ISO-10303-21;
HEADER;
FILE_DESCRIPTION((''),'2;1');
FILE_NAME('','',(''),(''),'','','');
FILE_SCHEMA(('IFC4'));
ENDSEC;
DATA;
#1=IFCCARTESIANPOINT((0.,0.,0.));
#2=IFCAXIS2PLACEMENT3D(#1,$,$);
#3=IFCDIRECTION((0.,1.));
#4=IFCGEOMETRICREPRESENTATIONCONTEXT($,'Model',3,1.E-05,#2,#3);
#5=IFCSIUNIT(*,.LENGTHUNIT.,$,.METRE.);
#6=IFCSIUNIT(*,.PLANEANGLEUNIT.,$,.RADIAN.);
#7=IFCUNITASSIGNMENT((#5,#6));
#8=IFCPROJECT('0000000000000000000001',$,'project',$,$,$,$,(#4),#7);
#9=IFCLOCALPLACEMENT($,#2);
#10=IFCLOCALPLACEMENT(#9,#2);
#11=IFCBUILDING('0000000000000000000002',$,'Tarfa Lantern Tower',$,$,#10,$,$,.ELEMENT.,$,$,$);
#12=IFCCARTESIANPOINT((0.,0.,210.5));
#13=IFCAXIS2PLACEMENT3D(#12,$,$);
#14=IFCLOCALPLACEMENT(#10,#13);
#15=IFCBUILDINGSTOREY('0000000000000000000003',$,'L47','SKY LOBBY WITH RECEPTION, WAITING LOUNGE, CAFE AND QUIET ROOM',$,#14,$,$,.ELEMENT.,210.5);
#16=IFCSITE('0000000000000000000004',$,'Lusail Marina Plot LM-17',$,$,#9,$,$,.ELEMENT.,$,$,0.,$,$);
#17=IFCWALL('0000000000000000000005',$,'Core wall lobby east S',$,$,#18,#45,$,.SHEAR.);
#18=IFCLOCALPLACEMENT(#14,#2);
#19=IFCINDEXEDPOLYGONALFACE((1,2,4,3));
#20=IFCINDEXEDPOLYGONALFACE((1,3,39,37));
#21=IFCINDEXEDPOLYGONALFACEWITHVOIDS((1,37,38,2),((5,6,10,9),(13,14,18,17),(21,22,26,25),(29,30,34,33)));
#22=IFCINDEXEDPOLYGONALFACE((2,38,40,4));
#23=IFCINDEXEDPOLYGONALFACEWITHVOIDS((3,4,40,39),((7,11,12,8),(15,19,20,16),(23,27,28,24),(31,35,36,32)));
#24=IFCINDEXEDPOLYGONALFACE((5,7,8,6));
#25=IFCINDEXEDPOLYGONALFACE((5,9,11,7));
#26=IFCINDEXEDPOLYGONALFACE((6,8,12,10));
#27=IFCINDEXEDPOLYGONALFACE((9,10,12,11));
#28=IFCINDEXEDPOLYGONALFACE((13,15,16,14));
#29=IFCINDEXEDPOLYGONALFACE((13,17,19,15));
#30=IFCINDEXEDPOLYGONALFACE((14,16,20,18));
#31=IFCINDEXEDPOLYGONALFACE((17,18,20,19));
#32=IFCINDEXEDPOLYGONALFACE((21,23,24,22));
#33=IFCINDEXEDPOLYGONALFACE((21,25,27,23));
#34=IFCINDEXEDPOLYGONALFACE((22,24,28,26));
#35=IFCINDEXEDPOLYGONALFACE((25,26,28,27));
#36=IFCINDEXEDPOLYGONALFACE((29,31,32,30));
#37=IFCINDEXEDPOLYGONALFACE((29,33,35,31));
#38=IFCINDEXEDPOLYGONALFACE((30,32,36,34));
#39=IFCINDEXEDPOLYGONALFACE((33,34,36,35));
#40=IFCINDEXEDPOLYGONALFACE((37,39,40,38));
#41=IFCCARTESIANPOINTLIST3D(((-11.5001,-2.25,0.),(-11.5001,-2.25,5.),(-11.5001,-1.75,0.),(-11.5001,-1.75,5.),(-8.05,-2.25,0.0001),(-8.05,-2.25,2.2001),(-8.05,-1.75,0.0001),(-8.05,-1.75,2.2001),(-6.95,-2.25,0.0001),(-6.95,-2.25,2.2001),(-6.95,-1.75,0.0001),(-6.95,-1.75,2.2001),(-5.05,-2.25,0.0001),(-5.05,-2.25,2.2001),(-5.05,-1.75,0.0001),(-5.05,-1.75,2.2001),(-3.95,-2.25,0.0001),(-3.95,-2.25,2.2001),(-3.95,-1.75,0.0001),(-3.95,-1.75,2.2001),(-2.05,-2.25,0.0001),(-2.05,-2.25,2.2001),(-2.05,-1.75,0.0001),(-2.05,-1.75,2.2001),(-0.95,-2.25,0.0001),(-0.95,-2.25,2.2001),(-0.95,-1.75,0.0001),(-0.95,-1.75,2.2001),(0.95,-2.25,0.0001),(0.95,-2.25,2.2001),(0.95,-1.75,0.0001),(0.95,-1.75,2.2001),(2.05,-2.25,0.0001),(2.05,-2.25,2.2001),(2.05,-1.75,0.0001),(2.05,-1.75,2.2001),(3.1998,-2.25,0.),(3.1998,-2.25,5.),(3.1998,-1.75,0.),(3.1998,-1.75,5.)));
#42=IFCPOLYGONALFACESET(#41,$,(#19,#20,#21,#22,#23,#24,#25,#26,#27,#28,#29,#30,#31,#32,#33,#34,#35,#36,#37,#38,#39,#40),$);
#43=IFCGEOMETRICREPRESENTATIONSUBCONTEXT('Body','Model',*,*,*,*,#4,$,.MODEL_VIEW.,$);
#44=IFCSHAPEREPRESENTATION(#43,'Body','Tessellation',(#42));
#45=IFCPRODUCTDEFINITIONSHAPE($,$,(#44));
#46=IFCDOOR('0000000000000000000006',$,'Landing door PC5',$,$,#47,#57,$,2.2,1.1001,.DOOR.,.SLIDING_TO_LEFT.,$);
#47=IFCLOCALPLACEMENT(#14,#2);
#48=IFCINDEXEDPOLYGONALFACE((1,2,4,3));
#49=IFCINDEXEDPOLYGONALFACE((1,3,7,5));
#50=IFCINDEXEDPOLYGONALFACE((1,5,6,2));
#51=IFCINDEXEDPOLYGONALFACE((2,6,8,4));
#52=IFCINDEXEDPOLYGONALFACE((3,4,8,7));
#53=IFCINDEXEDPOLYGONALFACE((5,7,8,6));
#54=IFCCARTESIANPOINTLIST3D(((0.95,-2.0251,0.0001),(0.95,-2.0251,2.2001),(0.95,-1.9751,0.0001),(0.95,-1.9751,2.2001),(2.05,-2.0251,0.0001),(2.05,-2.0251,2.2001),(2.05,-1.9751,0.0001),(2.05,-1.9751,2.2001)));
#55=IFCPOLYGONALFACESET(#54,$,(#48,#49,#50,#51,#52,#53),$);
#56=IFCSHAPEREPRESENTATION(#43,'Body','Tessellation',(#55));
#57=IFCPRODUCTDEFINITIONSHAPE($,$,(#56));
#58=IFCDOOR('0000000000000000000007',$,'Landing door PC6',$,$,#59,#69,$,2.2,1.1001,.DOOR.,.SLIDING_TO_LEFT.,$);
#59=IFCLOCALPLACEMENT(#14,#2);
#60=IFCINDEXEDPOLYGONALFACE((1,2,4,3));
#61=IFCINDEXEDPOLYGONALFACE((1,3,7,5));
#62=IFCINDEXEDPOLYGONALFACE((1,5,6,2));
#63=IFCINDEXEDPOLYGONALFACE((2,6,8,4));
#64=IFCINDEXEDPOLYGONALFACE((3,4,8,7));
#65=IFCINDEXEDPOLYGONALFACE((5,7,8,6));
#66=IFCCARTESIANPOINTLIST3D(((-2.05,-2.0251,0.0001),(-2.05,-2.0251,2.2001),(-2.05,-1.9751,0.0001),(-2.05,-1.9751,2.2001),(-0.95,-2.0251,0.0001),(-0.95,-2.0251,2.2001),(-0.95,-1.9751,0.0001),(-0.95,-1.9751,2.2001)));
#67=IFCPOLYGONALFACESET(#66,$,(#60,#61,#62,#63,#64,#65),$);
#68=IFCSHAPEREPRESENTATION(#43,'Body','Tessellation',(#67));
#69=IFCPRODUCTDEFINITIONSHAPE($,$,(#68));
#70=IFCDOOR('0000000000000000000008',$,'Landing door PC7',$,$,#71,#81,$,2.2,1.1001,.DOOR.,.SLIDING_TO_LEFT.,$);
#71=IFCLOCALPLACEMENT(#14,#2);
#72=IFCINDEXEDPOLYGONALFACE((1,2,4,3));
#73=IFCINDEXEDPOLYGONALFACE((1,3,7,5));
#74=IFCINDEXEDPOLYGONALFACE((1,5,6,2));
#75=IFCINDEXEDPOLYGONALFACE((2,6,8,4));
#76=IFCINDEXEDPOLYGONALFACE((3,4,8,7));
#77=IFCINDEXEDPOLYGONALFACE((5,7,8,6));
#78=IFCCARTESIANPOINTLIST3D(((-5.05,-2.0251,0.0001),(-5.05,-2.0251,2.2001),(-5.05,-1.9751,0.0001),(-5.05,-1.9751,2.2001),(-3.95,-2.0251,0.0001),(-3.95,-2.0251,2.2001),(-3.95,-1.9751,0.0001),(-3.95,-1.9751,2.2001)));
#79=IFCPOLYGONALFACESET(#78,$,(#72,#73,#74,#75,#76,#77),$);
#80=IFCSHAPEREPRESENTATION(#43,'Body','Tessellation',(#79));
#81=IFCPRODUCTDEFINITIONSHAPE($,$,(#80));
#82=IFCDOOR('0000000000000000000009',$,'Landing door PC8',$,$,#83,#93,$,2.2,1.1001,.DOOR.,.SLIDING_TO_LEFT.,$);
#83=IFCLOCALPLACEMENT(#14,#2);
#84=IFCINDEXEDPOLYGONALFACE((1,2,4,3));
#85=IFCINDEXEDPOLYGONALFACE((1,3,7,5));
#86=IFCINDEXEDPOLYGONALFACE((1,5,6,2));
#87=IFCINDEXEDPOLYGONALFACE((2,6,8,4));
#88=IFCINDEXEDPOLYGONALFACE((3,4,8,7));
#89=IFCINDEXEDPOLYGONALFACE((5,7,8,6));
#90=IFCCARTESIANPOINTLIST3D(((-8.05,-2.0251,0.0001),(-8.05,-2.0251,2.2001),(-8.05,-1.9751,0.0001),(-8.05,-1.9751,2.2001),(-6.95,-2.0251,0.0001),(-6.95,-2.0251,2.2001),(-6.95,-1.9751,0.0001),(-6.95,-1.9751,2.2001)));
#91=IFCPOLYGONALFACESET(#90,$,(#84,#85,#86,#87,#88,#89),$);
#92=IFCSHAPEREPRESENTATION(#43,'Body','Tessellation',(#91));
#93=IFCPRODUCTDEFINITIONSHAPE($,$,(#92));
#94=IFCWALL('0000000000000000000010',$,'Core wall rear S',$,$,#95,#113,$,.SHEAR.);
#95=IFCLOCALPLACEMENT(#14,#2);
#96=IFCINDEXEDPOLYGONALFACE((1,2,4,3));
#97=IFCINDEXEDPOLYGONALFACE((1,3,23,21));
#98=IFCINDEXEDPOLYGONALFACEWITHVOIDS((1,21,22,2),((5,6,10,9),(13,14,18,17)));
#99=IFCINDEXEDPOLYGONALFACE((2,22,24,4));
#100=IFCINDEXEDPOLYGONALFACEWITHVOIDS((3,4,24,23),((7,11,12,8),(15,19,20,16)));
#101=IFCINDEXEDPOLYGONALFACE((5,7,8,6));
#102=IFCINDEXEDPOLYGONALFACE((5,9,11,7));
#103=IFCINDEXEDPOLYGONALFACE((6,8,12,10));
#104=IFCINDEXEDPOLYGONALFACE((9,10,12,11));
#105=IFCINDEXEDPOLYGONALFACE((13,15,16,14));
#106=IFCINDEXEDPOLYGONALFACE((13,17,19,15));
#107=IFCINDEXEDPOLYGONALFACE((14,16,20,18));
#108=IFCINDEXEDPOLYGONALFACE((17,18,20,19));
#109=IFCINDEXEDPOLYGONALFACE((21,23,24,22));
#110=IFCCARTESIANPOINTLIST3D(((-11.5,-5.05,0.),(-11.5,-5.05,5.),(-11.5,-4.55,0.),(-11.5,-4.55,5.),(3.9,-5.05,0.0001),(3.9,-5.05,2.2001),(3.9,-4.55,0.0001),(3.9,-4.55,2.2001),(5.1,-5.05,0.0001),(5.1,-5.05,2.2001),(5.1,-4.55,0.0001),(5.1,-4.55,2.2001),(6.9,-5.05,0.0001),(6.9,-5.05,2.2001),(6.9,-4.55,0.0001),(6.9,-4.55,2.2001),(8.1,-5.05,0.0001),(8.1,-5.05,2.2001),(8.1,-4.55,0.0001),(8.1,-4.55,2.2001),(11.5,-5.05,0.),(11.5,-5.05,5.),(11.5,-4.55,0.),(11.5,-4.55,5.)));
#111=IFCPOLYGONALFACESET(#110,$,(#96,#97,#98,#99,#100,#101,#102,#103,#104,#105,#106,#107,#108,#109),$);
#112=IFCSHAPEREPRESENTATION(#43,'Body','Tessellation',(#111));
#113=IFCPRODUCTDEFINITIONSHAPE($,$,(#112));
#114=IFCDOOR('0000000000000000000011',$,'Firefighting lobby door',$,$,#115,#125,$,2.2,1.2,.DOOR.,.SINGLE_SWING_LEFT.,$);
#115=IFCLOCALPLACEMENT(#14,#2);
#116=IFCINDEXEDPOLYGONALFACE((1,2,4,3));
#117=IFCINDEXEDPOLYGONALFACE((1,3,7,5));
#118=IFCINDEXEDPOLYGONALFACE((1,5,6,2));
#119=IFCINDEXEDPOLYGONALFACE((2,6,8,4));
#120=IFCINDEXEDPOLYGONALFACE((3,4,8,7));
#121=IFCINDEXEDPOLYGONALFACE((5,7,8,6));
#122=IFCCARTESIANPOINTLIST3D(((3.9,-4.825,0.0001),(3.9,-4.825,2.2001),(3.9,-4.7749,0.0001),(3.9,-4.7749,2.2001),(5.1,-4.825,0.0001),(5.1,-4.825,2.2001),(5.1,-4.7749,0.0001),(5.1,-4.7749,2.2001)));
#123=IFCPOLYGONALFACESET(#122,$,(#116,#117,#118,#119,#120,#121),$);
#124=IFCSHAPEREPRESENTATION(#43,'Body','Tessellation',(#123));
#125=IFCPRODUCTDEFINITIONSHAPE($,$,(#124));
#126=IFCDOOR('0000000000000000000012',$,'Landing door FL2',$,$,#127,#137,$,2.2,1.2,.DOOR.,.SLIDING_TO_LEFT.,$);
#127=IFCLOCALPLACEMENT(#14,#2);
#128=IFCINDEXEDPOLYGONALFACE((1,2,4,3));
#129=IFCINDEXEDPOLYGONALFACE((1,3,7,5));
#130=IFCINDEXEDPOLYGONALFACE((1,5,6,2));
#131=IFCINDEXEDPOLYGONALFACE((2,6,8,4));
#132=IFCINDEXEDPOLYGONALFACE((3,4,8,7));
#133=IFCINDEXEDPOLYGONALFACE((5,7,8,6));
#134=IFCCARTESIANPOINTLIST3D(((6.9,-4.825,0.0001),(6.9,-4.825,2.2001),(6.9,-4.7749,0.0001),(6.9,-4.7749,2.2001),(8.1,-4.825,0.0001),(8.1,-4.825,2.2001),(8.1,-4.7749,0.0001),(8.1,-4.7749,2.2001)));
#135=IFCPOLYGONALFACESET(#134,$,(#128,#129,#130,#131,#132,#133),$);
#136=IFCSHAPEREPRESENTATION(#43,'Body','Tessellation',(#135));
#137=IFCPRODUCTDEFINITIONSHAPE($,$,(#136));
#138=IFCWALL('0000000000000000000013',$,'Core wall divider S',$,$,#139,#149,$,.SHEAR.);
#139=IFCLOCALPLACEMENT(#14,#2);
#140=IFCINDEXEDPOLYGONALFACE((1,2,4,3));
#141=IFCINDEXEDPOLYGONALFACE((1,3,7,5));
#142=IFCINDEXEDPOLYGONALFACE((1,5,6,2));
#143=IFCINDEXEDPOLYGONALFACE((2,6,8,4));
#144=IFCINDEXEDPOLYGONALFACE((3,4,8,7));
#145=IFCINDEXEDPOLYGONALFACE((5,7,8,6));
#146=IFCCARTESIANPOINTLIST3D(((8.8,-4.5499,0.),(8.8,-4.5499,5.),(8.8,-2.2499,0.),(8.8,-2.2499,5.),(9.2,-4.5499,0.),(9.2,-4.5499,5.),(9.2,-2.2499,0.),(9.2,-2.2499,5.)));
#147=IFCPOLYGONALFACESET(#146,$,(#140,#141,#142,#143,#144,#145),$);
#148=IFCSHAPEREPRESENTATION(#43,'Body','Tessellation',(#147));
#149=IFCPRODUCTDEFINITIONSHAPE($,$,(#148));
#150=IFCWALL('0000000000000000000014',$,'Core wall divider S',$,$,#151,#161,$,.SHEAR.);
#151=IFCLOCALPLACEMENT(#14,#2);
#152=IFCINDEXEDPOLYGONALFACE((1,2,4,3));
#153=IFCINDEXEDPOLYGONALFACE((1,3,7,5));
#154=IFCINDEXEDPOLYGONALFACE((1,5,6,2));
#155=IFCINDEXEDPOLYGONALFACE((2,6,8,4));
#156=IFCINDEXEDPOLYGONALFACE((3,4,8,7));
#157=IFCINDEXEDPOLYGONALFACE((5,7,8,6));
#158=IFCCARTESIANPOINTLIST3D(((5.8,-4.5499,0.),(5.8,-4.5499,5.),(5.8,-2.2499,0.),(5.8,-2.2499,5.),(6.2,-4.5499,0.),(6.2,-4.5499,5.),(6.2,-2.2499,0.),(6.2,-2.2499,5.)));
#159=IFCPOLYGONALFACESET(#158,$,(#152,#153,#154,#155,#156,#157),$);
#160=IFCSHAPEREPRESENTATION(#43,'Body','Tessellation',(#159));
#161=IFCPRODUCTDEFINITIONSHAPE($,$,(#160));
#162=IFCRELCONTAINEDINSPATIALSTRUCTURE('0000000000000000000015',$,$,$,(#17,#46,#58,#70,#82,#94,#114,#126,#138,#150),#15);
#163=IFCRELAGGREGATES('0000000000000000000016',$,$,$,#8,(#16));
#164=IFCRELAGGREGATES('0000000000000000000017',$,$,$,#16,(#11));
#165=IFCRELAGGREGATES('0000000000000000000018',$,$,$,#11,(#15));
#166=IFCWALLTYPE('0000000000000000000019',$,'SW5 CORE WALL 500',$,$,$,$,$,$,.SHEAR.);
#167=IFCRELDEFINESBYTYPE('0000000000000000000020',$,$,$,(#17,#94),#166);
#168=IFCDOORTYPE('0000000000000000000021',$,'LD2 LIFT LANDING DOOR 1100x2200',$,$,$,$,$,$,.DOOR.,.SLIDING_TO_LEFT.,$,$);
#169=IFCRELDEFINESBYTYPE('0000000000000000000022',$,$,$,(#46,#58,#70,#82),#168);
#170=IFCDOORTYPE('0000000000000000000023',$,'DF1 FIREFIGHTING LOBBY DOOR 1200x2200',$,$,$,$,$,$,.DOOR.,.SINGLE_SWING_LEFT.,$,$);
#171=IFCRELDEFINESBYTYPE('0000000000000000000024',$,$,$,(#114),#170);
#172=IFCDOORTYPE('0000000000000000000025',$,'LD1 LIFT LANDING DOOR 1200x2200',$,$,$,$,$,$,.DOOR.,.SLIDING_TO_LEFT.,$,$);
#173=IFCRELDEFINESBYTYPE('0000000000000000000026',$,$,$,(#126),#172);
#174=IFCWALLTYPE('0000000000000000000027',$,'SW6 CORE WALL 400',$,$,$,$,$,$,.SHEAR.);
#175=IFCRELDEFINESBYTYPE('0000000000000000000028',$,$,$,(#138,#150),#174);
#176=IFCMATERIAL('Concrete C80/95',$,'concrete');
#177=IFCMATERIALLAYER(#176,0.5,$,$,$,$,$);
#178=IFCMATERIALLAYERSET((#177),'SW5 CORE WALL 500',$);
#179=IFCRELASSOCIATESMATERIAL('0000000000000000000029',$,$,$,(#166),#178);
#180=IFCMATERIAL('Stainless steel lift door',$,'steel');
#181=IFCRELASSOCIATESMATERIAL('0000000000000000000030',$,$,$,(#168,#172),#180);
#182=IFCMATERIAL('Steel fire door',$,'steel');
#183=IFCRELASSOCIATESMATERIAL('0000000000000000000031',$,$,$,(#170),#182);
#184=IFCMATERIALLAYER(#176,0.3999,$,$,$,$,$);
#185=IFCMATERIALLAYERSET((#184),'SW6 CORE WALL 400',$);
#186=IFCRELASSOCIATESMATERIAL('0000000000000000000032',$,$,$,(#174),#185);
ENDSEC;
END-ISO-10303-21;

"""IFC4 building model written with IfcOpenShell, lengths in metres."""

from ifc_helpers import new_model, si_unit, direction, frame, frame_2d, origin, place, context, subcontext, project, spatial, rectangle, extrude, material, layer, layer_set, type_object, element, fill, save


model = new_model("IFC4")

# Units and contexts
model_context = context("Model", 3, precision=1e-05, world=origin(), true_north=direction((0.0, 1.0)))
body_context = subcontext(model_context, "Body", "Model", "MODEL_VIEW")
ifc_project = project(units=[si_unit("LENGTHUNIT", "METRE"), si_unit("PLANEANGLEUNIT", "RADIAN")], contexts=[model_context])

# Site, building, storey
site_placement = place(None, origin())
site = spatial("IfcSite", under=ifc_project, at=site_placement, Name="Lusail Marina Plot LM-17", CompositionType="ELEMENT", RefElevation=0.0)
building_placement = place(site_placement, origin())
building = spatial("IfcBuilding", under=site, at=building_placement, Name="Tarfa Lantern Tower", CompositionType="ELEMENT")
storey_placement = place(building_placement, frame((0.0, 0.0, 210.5)))
storey = spatial("IfcBuildingStorey", under=building, at=storey_placement, Name="L47", Description="SKY LOBBY WITH RECEPTION, WAITING LOUNGE, CAFE AND QUIET ROOM", CompositionType="ELEMENT", Elevation=210.5)

# Shared definitions
ifc_material_1 = material(Name="Concrete C80/95", Category="concrete")

# Shared definitions
ifc_material_2 = material(Name="Steel fire door", Category="steel")

# Shared definitions
ifc_layer_1 = layer(ifc_material_1, 0.5)
ifc_layer_set_1 = layer_set([ifc_layer_1], Name="SW5 CORE WALL 500")
wall_type_1 = type_object("IfcWallType", Name="SW5 CORE WALL 500", PredefinedType="SHEAR", material=ifc_layer_set_1)

# Walls, openings, doors
wall_1_placement = place(storey_placement, frame((3.2, -2.0, 0.0), z_axis=(0.0, 0.0, 1.0), x_axis=(-1.0, 0.0, 0.0)))
wall_1 = element("IfcWall", 1, at=wall_1_placement, inside=storey, type_object=wall_type_1, Name="Core wall lobby east S", PredefinedType="SHEAR", context=body_context, shape_type="SweptSolid", body=[
    extrude(rectangle(XDim=14.7, YDim=0.5, at=frame_2d((7.3501, 0.0))), origin(), (0.0, 0.0, 1.0), 5.0),
])
opening_1_placement = place(wall_1_placement, frame((1.1499, 0.0, 0.0)))
opening_1 = element("IfcOpeningElement", 2, at=opening_1_placement, cuts=wall_1, PredefinedType="OPENING", context=body_context, shape_type="SweptSolid", body=[
    extrude(rectangle(XDim=1.1001, YDim=2.2, at=frame_2d((0.55, 1.1001))), frame((0.0, 0.26, 0.0), z_axis=(0.0, -1.0, 0.0), x_axis=(1.0, 0.0, 0.0)), (0.0, 0.0, 1.0), 0.52),
])
opening_2_placement = place(wall_1_placement, frame((4.1499, 0.0, 0.0)))
opening_2 = element("IfcOpeningElement", 3, at=opening_2_placement, cuts=wall_1, PredefinedType="OPENING", context=body_context, shape_type="SweptSolid", body=[
    extrude(rectangle(XDim=1.1001, YDim=2.2, at=frame_2d((0.55, 1.1001))), frame((0.0, 0.26, 0.0), z_axis=(0.0, -1.0, 0.0), x_axis=(1.0, 0.0, 0.0)), (0.0, 0.0, 1.0), 0.52),
])
opening_3_placement = place(wall_1_placement, frame((7.1499, 0.0, 0.0)))
opening_3 = element("IfcOpeningElement", 4, at=opening_3_placement, cuts=wall_1, PredefinedType="OPENING", context=body_context, shape_type="SweptSolid", body=[
    extrude(rectangle(XDim=1.1001, YDim=2.2, at=frame_2d((0.55, 1.1001))), frame((0.0, 0.26, 0.0), z_axis=(0.0, -1.0, 0.0), x_axis=(1.0, 0.0, 0.0)), (0.0, 0.0, 1.0), 0.52),
])
opening_4_placement = place(wall_1_placement, frame((10.1499, 0.0, 0.0)))
opening_4 = element("IfcOpeningElement", 5, at=opening_4_placement, cuts=wall_1, PredefinedType="OPENING", context=body_context, shape_type="SweptSolid", body=[
    extrude(rectangle(XDim=1.1001, YDim=2.2, at=frame_2d((0.55, 1.1001))), frame((0.0, 0.26, 0.0), z_axis=(0.0, -1.0, 0.0), x_axis=(1.0, 0.0, 0.0)), (0.0, 0.0, 1.0), 0.52),
])
ifc_material_3 = material(Name="Stainless steel lift door", Category="steel")
door_type_1 = type_object("IfcDoorType", Name="LD2 LIFT LANDING DOOR 1100x2200", OperationType="SLIDING_TO_LEFT", PredefinedType="DOOR", material=ifc_material_3)
door_1_placement = place(opening_1_placement, frame((1.1001, 0.0, 0.0), z_axis=(0.0, 0.0, 1.0), x_axis=(-1.0, 0.0, 0.0)))
door_1 = element("IfcDoor", 6, at=door_1_placement, inside=storey, type_object=door_type_1, Name="Landing door PC5", OperationType="SLIDING_TO_LEFT", OverallHeight=2.2, OverallWidth=1.1001, PredefinedType="DOOR", context=body_context, shape_type="SweptSolid", body=[
    extrude(rectangle(XDim=1.1001, YDim=2.2, at=frame_2d((0.55, 1.1001))), frame((0.0, 0.0249, 0.0), z_axis=(0.0, -1.0, 0.0), x_axis=(1.0, 0.0, 0.0)), (0.0, 0.0, 1.0), 0.05),
])
fill(opening_1, door_1)
door_2_placement = place(opening_2_placement, frame((1.1001, 0.0, 0.0), z_axis=(0.0, 0.0, 1.0), x_axis=(-1.0, 0.0, 0.0)))
door_2 = element("IfcDoor", 7, at=door_2_placement, inside=storey, type_object=door_type_1, Name="Landing door PC6", OperationType="SLIDING_TO_LEFT", OverallHeight=2.2, OverallWidth=1.1001, PredefinedType="DOOR", context=body_context, shape_type="SweptSolid", body=[
    extrude(rectangle(XDim=1.1001, YDim=2.2, at=frame_2d((0.55, 1.1001))), frame((0.0, 0.0249, 0.0), z_axis=(0.0, -1.0, 0.0), x_axis=(1.0, 0.0, 0.0)), (0.0, 0.0, 1.0), 0.05),
])
fill(opening_2, door_2)
door_3_placement = place(opening_3_placement, frame((1.1001, 0.0, 0.0), z_axis=(0.0, 0.0, 1.0), x_axis=(-1.0, 0.0, 0.0)))
door_3 = element("IfcDoor", 8, at=door_3_placement, inside=storey, type_object=door_type_1, Name="Landing door PC7", OperationType="SLIDING_TO_LEFT", OverallHeight=2.2, OverallWidth=1.1001, PredefinedType="DOOR", context=body_context, shape_type="SweptSolid", body=[
    extrude(rectangle(XDim=1.1001, YDim=2.2, at=frame_2d((0.55, 1.1001))), frame((0.0, 0.0249, 0.0), z_axis=(0.0, -1.0, 0.0), x_axis=(1.0, 0.0, 0.0)), (0.0, 0.0, 1.0), 0.05),
])
fill(opening_3, door_3)
door_4_placement = place(opening_4_placement, frame((1.1001, 0.0, 0.0), z_axis=(0.0, 0.0, 1.0), x_axis=(-1.0, 0.0, 0.0)))
door_4 = element("IfcDoor", 9, at=door_4_placement, inside=storey, type_object=door_type_1, Name="Landing door PC8", OperationType="SLIDING_TO_LEFT", OverallHeight=2.2, OverallWidth=1.1001, PredefinedType="DOOR", context=body_context, shape_type="SweptSolid", body=[
    extrude(rectangle(XDim=1.1001, YDim=2.2, at=frame_2d((0.55, 1.1001))), frame((0.0, 0.0249, 0.0), z_axis=(0.0, -1.0, 0.0), x_axis=(1.0, 0.0, 0.0)), (0.0, 0.0, 1.0), 0.05),
])
fill(opening_4, door_4)
wall_2_placement = place(storey_placement, frame((11.5, -4.8, 0.0), z_axis=(0.0, 0.0, 1.0), x_axis=(-1.0, 0.0, 0.0)))
wall_2 = element("IfcWall", 10, at=wall_2_placement, inside=storey, type_object=wall_type_1, Name="Core wall rear S", PredefinedType="SHEAR", context=body_context, shape_type="SweptSolid", body=[
    extrude(rectangle(XDim=23.0, YDim=0.5, at=frame_2d((11.5, 0.0))), origin(), (0.0, 0.0, 1.0), 5.0),
])
opening_5_placement = place(wall_2_placement, frame((6.3999, 0.0, 0.0)))
opening_5 = element("IfcOpeningElement", 11, at=opening_5_placement, cuts=wall_2, PredefinedType="OPENING", context=body_context, shape_type="SweptSolid", body=[
    extrude(rectangle(XDim=1.2, YDim=2.2, at=frame_2d((0.6001, 1.1001))), frame((0.0, 0.26, 0.0), z_axis=(0.0, -1.0, 0.0), x_axis=(1.0, 0.0, 0.0)), (0.0, 0.0, 1.0), 0.52),
])
opening_6_placement = place(wall_2_placement, frame((3.3999, 0.0, 0.0)))
opening_6 = element("IfcOpeningElement", 12, at=opening_6_placement, cuts=wall_2, PredefinedType="OPENING", context=body_context, shape_type="SweptSolid", body=[
    extrude(rectangle(XDim=1.2, YDim=2.2, at=frame_2d((0.6001, 1.1001))), frame((0.0, 0.26, 0.0), z_axis=(0.0, -1.0, 0.0), x_axis=(1.0, 0.0, 0.0)), (0.0, 0.0, 1.0), 0.52),
])
door_type_2 = type_object("IfcDoorType", Name="DF1 FIREFIGHTING LOBBY DOOR 1200x2200", OperationType="SINGLE_SWING_LEFT", PredefinedType="DOOR", material=ifc_material_2)
door_5_placement = place(opening_5_placement, origin())
door_5 = element("IfcDoor", 13, at=door_5_placement, inside=storey, type_object=door_type_2, Name="Firefighting lobby door", OperationType="SINGLE_SWING_LEFT", OverallHeight=2.2, OverallWidth=1.2, PredefinedType="DOOR", context=body_context, shape_type="SweptSolid", body=[
    extrude(rectangle(XDim=1.2, YDim=2.2, at=frame_2d((0.6001, 1.1001))), frame((0.0, 0.0249, 0.0), z_axis=(0.0, -1.0, 0.0), x_axis=(1.0, 0.0, 0.0)), (0.0, 0.0, 1.0), 0.05),
])
fill(opening_5, door_5)
door_type_3 = type_object("IfcDoorType", Name="LD1 LIFT LANDING DOOR 1200x2200", OperationType="SLIDING_TO_LEFT", PredefinedType="DOOR", material=ifc_material_3)
door_6_placement = place(opening_6_placement, origin())
door_6 = element("IfcDoor", 14, at=door_6_placement, inside=storey, type_object=door_type_3, Name="Landing door FL2", OperationType="SLIDING_TO_LEFT", OverallHeight=2.2, OverallWidth=1.2, PredefinedType="DOOR", context=body_context, shape_type="SweptSolid", body=[
    extrude(rectangle(XDim=1.2, YDim=2.2, at=frame_2d((0.6001, 1.1001))), frame((0.0, 0.0249, 0.0), z_axis=(0.0, -1.0, 0.0), x_axis=(1.0, 0.0, 0.0)), (0.0, 0.0, 1.0), 0.05),
])
fill(opening_6, door_6)

# Walls
ifc_layer_2 = layer(ifc_material_1, 0.3999)
ifc_layer_set_2 = layer_set([ifc_layer_2], Name="SW6 CORE WALL 400")
wall_type_2 = type_object("IfcWallType", Name="SW6 CORE WALL 400", PredefinedType="SHEAR", material=ifc_layer_set_2)
for number, where, z_axis, x_axis, name in (
    (15, (9.0, -2.25, 0.0), (0.0, 0.0, 1.0), (0.0, -1.0, 0.0), "Core wall divider S"),
    (16, (6.0, -2.25, 0.0), (0.0, 0.0, 1.0), (0.0, -1.0, 0.0), "Core wall divider S"),
):
    element("IfcWall", number, at=place(storey_placement, frame(where, z_axis=z_axis, x_axis=x_axis)), inside=storey, type_object=wall_type_2, Name=name, PredefinedType="SHEAR", context=body_context, shape_type="SweptSolid", body=[
        extrude(rectangle(XDim=2.3, YDim=0.3999, at=frame_2d((1.1499, 0.0))), origin(), (0.0, 0.0, 1.0), 5.0),
    ])

save(model, "model.ifc")
